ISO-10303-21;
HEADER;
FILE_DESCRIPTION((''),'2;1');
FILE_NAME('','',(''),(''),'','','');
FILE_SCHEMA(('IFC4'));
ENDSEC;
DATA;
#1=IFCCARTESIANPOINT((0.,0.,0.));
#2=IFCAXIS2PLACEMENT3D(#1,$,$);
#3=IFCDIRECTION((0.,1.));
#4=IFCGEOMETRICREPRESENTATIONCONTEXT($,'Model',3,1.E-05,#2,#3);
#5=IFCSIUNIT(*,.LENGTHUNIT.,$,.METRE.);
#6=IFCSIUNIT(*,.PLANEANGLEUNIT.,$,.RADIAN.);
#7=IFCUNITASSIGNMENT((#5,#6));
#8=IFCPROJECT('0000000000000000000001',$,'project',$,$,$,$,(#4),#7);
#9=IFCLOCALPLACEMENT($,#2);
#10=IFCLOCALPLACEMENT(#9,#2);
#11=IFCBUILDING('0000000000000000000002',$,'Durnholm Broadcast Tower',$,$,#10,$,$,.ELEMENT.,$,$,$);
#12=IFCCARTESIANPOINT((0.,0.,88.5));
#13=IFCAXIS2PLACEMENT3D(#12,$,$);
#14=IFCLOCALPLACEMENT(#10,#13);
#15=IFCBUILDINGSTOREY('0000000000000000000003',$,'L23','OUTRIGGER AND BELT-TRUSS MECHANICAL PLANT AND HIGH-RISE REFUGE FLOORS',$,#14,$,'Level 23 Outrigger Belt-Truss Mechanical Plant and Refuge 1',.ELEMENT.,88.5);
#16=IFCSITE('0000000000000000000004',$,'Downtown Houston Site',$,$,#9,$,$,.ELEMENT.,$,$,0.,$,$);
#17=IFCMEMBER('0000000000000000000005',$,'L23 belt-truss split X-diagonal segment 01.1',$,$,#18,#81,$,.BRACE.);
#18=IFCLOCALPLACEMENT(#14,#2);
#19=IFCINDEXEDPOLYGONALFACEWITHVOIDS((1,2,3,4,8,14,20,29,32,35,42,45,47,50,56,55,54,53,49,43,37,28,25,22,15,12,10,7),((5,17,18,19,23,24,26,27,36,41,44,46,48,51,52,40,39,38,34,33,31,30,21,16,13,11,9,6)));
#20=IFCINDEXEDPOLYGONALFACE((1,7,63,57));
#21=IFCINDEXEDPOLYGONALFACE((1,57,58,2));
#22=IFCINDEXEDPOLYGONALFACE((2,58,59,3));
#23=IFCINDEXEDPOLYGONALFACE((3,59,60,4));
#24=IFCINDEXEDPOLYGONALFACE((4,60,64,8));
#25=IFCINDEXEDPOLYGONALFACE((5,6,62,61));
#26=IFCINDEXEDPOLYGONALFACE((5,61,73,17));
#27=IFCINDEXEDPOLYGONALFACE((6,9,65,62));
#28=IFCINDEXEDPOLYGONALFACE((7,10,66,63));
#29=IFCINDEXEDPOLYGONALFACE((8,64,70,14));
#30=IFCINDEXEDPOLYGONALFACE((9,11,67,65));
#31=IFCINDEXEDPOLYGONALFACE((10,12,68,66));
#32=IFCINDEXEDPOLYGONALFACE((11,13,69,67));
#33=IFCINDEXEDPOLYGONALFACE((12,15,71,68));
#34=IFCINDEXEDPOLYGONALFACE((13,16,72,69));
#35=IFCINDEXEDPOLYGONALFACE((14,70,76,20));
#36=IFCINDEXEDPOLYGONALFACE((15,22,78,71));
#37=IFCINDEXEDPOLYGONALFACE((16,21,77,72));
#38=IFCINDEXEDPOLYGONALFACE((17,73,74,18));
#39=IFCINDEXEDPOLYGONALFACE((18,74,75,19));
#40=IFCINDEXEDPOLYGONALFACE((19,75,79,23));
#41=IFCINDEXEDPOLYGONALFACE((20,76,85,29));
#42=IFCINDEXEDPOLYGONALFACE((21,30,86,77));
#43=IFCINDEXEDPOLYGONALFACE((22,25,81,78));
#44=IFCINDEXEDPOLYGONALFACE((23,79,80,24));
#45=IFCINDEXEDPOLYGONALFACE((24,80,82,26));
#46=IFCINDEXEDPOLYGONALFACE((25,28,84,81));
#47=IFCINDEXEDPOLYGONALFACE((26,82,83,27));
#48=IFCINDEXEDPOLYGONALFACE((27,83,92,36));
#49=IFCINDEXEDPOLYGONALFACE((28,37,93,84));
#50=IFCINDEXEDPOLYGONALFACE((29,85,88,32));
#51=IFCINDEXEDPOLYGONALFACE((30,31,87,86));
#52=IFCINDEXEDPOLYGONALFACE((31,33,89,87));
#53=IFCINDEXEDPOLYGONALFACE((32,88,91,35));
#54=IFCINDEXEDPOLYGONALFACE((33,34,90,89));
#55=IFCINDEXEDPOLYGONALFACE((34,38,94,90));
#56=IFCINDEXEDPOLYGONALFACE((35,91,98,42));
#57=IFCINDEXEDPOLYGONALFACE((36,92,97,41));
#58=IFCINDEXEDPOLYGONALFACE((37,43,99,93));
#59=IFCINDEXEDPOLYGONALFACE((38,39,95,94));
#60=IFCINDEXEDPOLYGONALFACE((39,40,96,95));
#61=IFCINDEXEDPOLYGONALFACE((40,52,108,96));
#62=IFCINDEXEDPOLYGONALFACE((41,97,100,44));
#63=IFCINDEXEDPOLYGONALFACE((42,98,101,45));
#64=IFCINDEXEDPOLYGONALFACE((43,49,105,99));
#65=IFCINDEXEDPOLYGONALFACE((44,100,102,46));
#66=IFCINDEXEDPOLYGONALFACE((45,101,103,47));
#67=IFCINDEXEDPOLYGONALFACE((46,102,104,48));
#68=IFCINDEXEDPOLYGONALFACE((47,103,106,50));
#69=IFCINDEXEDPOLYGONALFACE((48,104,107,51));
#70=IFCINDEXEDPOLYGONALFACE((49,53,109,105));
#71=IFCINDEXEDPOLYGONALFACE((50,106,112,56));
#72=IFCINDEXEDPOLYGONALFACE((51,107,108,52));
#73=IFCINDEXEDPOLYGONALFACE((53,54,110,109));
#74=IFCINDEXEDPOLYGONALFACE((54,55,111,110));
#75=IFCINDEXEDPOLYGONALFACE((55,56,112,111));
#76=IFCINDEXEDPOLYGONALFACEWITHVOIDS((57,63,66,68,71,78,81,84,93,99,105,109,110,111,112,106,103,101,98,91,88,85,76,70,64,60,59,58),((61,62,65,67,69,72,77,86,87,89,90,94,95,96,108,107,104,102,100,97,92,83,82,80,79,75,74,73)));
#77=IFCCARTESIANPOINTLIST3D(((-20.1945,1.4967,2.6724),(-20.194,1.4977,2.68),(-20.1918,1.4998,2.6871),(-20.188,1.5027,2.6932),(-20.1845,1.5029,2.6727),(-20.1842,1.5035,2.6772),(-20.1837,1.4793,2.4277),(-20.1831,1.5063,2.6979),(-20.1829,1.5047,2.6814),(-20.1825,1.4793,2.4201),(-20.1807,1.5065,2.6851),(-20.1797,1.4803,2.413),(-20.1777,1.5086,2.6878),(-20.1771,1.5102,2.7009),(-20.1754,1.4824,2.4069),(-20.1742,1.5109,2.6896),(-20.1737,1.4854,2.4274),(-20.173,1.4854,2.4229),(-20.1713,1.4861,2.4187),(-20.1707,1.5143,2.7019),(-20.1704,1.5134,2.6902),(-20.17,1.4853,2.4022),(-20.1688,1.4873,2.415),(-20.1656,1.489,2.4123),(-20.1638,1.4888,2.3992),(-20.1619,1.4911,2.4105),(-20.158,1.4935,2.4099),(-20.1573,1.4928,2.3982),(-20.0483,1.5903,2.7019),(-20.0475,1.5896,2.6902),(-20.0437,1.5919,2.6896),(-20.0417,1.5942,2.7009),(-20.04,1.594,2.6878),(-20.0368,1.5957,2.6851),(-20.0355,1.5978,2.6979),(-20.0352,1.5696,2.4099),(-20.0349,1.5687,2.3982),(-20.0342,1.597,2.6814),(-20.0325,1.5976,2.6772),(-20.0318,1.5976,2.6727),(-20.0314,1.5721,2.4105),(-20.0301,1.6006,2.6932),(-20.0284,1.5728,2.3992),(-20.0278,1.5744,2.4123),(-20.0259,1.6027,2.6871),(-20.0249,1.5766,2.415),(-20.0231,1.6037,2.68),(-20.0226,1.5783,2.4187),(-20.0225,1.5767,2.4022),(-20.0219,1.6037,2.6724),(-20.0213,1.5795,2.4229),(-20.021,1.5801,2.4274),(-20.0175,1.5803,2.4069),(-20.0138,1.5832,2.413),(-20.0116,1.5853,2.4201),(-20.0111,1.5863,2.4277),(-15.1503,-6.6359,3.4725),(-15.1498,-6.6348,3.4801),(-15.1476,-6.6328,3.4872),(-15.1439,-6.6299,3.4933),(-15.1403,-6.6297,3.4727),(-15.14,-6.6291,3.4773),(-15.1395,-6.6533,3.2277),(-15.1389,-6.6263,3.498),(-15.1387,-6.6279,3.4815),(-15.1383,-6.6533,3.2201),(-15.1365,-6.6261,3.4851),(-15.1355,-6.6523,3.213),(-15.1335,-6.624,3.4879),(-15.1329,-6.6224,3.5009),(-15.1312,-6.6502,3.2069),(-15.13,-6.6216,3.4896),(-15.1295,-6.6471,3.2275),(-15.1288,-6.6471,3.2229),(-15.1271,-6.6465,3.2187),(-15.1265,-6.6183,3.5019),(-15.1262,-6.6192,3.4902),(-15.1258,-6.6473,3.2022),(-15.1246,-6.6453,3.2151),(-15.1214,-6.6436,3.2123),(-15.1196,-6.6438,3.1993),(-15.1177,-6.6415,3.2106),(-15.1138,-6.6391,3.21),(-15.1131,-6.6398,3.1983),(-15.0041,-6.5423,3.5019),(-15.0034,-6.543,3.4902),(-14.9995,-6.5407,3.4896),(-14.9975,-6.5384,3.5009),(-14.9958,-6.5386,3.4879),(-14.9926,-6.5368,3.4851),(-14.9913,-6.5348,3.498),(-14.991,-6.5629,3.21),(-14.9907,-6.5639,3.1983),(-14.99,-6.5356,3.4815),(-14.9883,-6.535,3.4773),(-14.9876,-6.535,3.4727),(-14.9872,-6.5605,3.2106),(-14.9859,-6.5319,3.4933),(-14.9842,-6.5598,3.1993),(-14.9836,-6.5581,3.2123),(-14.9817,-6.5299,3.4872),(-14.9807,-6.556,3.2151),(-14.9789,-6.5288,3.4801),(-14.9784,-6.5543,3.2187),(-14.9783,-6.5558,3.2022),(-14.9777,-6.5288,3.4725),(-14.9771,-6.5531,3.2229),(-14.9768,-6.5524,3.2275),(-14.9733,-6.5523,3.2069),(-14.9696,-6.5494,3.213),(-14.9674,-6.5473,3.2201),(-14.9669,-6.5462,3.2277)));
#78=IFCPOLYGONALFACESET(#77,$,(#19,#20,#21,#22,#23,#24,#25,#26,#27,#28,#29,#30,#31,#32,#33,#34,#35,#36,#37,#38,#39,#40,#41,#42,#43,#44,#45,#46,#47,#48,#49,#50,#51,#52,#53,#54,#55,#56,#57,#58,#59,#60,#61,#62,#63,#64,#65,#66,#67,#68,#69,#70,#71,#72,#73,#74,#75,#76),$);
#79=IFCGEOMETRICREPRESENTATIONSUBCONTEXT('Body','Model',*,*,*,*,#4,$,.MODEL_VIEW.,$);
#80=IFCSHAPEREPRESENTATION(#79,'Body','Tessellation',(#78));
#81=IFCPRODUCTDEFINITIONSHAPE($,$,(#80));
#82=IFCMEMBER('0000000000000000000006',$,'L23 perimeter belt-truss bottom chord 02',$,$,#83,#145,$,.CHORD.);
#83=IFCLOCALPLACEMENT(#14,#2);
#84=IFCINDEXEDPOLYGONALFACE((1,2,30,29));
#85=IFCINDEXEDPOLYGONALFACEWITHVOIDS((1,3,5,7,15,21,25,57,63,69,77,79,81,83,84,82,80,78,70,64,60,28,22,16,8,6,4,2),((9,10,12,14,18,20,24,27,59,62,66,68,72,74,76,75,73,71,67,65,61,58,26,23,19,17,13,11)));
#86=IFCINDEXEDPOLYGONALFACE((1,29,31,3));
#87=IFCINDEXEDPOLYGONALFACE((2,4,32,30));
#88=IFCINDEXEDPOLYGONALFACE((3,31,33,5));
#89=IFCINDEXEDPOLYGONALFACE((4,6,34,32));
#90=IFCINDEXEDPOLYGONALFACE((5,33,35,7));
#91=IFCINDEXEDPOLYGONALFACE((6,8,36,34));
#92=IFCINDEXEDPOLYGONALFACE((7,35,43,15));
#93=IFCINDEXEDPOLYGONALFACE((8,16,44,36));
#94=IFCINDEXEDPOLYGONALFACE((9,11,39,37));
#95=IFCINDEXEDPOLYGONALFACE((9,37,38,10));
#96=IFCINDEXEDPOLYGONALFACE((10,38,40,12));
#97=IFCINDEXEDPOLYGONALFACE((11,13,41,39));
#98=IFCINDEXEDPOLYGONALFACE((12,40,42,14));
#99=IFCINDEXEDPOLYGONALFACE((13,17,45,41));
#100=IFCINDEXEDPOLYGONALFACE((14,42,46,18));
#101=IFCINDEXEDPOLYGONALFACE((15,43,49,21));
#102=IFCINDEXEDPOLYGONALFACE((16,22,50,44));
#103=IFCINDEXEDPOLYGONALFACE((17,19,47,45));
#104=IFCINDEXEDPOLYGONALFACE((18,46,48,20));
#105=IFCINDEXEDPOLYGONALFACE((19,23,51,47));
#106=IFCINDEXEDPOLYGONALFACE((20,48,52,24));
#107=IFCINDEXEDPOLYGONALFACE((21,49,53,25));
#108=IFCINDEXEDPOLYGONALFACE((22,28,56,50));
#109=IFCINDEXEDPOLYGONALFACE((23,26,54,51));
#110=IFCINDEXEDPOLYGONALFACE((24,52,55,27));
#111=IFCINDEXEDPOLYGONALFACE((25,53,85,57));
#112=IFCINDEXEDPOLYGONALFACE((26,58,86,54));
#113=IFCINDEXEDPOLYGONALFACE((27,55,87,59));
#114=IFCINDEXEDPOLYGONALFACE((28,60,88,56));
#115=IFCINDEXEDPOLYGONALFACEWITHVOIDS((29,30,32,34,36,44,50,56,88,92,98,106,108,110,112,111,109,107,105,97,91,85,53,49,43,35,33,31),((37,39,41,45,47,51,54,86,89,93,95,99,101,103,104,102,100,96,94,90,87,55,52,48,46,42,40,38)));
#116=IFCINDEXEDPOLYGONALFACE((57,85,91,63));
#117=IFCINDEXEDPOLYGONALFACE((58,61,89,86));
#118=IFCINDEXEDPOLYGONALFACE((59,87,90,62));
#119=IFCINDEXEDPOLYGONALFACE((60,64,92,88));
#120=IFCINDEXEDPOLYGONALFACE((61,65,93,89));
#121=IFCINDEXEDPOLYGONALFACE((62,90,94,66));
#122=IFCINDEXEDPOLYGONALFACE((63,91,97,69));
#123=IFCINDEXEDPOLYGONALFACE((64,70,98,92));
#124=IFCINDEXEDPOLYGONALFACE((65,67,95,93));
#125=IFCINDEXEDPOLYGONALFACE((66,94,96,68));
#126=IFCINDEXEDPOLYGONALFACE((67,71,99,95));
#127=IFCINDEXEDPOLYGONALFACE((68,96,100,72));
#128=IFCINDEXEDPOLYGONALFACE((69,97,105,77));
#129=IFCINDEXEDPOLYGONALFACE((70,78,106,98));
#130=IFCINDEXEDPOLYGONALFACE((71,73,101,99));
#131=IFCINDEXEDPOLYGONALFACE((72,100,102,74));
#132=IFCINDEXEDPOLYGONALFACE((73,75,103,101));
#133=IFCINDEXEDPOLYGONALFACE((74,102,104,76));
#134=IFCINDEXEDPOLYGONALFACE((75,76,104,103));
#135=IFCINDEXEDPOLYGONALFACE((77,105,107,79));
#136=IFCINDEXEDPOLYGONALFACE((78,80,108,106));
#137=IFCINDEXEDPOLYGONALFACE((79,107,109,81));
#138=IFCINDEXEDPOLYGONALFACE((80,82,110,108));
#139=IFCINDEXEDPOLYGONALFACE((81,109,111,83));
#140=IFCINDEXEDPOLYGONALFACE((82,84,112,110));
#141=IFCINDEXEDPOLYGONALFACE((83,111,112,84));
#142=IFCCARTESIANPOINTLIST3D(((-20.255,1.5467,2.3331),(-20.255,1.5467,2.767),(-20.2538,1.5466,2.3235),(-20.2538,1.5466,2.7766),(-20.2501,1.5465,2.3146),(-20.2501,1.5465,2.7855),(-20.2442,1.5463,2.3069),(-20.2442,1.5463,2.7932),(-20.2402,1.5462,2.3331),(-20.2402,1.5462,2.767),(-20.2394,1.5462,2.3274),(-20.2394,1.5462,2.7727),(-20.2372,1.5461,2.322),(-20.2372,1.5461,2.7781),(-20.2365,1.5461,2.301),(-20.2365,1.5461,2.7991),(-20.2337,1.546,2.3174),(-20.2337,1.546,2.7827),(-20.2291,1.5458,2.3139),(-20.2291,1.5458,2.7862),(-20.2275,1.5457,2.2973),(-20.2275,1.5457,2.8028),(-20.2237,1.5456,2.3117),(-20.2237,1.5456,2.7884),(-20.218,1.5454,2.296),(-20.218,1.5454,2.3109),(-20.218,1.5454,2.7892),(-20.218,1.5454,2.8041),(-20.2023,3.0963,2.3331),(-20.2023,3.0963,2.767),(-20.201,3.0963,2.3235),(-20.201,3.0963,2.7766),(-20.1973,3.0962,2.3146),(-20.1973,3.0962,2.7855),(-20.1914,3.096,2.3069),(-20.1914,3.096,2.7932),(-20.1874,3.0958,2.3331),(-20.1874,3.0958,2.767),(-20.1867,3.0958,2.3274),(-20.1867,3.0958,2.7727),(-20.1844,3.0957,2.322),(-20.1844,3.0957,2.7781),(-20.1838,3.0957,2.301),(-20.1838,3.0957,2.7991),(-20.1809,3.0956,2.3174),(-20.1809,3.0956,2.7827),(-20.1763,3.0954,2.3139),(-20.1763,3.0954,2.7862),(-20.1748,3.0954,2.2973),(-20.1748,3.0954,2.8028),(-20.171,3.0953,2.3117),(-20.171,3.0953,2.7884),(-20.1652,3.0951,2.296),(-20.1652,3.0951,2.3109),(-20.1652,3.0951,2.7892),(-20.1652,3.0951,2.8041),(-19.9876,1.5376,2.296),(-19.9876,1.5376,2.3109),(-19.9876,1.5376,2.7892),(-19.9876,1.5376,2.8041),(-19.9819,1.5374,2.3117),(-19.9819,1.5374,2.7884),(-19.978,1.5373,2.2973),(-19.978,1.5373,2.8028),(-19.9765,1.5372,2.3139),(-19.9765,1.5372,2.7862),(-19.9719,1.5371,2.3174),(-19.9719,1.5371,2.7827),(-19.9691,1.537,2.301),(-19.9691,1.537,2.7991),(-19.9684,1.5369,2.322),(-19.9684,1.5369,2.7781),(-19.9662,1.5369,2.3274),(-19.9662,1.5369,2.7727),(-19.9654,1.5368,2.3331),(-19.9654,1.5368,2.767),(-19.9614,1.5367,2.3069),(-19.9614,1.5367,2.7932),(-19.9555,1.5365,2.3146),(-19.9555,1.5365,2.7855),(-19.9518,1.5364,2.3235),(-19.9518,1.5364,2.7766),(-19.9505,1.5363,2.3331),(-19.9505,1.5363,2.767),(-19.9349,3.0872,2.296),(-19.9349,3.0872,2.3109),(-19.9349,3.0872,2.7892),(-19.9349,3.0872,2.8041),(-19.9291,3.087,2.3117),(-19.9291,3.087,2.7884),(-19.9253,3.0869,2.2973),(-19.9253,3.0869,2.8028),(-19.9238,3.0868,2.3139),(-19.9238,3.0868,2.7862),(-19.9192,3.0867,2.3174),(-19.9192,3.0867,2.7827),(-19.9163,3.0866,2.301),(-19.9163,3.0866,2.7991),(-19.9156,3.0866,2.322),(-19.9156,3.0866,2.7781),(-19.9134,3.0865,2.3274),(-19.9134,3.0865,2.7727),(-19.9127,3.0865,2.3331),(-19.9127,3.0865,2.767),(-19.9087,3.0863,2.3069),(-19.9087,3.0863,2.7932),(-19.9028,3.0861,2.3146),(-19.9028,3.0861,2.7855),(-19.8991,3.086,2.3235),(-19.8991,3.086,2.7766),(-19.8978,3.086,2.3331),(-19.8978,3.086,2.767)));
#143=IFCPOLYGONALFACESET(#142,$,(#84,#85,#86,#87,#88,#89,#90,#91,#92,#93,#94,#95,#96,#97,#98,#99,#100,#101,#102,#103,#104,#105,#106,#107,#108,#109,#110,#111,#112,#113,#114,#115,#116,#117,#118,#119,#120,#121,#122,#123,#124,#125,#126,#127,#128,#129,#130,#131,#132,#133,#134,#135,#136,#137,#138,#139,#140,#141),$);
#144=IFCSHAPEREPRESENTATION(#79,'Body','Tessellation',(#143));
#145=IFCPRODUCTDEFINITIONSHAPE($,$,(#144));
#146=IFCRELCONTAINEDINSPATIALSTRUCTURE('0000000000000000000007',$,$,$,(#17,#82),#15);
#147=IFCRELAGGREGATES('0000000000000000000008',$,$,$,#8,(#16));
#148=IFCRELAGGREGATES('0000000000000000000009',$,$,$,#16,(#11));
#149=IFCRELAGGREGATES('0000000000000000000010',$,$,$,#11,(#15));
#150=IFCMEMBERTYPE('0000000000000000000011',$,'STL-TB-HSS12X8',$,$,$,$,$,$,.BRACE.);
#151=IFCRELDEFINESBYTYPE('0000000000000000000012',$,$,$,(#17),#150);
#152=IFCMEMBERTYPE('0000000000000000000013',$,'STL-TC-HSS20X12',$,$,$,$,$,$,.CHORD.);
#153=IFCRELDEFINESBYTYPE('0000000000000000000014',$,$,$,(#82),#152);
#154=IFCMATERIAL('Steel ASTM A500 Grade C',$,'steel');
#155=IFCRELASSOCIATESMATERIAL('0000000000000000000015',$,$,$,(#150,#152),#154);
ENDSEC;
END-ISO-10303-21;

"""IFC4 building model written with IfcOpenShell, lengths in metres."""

from ifc_helpers import new_model, si_unit, direction, frame, origin, origin_2d, place, context, subcontext, project, spatial, hollow_rectangle, extrude, source, transform, mapped, material, material_profile, profile_set, type_object, type_shapes, element, save


model = new_model("IFC4")

# Units and contexts
model_context = context("Model", 3, precision=1e-05, world=origin(), true_north=direction((0.0, 1.0)))
body_context = subcontext(model_context, "Body", "Model", "MODEL_VIEW")
ifc_project = project(units=[si_unit("LENGTHUNIT", "METRE"), si_unit("PLANEANGLEUNIT", "RADIAN")], contexts=[model_context])

# Site, building, storey
site_placement = place(None, origin())
site = spatial("IfcSite", under=ifc_project, at=site_placement, Name="Downtown Houston Site", CompositionType="ELEMENT", RefElevation=0.0)
building_placement = place(site_placement, origin())
building = spatial("IfcBuilding", under=site, at=building_placement, Name="Durnholm Broadcast Tower", CompositionType="ELEMENT")
storey_placement = place(building_placement, frame((0.0, 0.0, 88.5)))
storey = spatial("IfcBuildingStorey", under=building, at=storey_placement, Name="L23", Description="OUTRIGGER AND BELT-TRUSS MECHANICAL PLANT AND HIGH-RISE REFUGE FLOORS", LongName="Level 23 Outrigger Belt-Truss Mechanical Plant and Refuge 1", CompositionType="ELEMENT", Elevation=88.5)

# Members
ifc_material_1 = material(Name="Steel ASTM A500 Grade C", Category="steel")
ifc_material_profile_1 = material_profile(ifc_material_1, hollow_rectangle(XDim=0.2031, YDim=0.3047, WallThickness=0.0117, InnerFilletRadius=0.0176, OuterFilletRadius=0.0295, at=origin_2d()), Name="HSS12X8X1/2")
ifc_profile_set_1 = profile_set([ifc_material_profile_1], Name="Steel ASTM A500 Grade C")
member_type_1 = type_object("IfcMemberType", Name="STL-TB-HSS12X8", PredefinedType="BRACE", material=ifc_profile_set_1)
shared_shape_1 = source(origin(), body_context, "Body", "SweptSolid", [
    extrude(hollow_rectangle(XDim=0.2031, YDim=0.3047, WallThickness=0.0117, InnerFilletRadius=0.0176, OuterFilletRadius=0.0295, at=origin_2d()), origin(), (0.0, 0.0, 1.0), 9.6033),
])
type_shapes(member_type_1, [shared_shape_1])
member_1_placement = place(storey_placement, frame((-20.1028, 1.5415, 2.55), z_axis=(0.525258, -0.846855, 0.08331), x_axis=(0.849809, 0.52709, 0.0)))
element("IfcMember", 1, at=member_1_placement, inside=storey, type_object=member_type_1, Name="L23 belt-truss split X-diagonal segment 01.1", PredefinedType="BRACE", context=body_context, shape_type="MappedRepresentation", body=[
    mapped(shared_shape_1, transform((0.0, 0.0, 0.0), x_axis=(1.0, 0.0, 0.0), y_axis=(0.0, 1.0, 0.0), z_axis=(0.0, 0.0, 1.0), scale=1.0)),
])
ifc_material_profile_2 = material_profile(ifc_material_1, hollow_rectangle(XDim=0.3047, YDim=0.5081, WallThickness=0.0149, InnerFilletRadius=0.0222, OuterFilletRadius=0.0371, at=origin_2d()), Name="HSS20X12X5/8")
ifc_profile_set_2 = profile_set([ifc_material_profile_2], Name="Steel ASTM A500 Grade C")
member_type_2 = type_object("IfcMemberType", Name="STL-TC-HSS20X12", PredefinedType="CHORD", material=ifc_profile_set_2)
shared_shape_2 = source(origin(), body_context, "Body", "SweptSolid", [
    extrude(hollow_rectangle(XDim=0.3047, YDim=0.5081, WallThickness=0.0149, InnerFilletRadius=0.0222, OuterFilletRadius=0.0371, at=origin_2d()), origin(), (0.0, 0.0, 1.0), 1.5505),
])
type_shapes(member_type_2, [shared_shape_2])
member_2_placement = place(storey_placement, frame((-20.1028, 1.5415, 2.55), z_axis=(0.034012, 0.999421, 0.0), x_axis=(-0.999421, 0.034012, 0.0)))
element("IfcMember", 2, at=member_2_placement, inside=storey, type_object=member_type_2, Name="L23 perimeter belt-truss bottom chord 02", PredefinedType="CHORD", context=body_context, shape_type="MappedRepresentation", body=[
    mapped(shared_shape_2, transform((0.0, 0.0, 0.0), x_axis=(1.0, 0.0, 0.0), y_axis=(0.0, 1.0, 0.0), z_axis=(0.0, 0.0, 1.0), scale=1.0)),
])

save(model, "model.ifc")
